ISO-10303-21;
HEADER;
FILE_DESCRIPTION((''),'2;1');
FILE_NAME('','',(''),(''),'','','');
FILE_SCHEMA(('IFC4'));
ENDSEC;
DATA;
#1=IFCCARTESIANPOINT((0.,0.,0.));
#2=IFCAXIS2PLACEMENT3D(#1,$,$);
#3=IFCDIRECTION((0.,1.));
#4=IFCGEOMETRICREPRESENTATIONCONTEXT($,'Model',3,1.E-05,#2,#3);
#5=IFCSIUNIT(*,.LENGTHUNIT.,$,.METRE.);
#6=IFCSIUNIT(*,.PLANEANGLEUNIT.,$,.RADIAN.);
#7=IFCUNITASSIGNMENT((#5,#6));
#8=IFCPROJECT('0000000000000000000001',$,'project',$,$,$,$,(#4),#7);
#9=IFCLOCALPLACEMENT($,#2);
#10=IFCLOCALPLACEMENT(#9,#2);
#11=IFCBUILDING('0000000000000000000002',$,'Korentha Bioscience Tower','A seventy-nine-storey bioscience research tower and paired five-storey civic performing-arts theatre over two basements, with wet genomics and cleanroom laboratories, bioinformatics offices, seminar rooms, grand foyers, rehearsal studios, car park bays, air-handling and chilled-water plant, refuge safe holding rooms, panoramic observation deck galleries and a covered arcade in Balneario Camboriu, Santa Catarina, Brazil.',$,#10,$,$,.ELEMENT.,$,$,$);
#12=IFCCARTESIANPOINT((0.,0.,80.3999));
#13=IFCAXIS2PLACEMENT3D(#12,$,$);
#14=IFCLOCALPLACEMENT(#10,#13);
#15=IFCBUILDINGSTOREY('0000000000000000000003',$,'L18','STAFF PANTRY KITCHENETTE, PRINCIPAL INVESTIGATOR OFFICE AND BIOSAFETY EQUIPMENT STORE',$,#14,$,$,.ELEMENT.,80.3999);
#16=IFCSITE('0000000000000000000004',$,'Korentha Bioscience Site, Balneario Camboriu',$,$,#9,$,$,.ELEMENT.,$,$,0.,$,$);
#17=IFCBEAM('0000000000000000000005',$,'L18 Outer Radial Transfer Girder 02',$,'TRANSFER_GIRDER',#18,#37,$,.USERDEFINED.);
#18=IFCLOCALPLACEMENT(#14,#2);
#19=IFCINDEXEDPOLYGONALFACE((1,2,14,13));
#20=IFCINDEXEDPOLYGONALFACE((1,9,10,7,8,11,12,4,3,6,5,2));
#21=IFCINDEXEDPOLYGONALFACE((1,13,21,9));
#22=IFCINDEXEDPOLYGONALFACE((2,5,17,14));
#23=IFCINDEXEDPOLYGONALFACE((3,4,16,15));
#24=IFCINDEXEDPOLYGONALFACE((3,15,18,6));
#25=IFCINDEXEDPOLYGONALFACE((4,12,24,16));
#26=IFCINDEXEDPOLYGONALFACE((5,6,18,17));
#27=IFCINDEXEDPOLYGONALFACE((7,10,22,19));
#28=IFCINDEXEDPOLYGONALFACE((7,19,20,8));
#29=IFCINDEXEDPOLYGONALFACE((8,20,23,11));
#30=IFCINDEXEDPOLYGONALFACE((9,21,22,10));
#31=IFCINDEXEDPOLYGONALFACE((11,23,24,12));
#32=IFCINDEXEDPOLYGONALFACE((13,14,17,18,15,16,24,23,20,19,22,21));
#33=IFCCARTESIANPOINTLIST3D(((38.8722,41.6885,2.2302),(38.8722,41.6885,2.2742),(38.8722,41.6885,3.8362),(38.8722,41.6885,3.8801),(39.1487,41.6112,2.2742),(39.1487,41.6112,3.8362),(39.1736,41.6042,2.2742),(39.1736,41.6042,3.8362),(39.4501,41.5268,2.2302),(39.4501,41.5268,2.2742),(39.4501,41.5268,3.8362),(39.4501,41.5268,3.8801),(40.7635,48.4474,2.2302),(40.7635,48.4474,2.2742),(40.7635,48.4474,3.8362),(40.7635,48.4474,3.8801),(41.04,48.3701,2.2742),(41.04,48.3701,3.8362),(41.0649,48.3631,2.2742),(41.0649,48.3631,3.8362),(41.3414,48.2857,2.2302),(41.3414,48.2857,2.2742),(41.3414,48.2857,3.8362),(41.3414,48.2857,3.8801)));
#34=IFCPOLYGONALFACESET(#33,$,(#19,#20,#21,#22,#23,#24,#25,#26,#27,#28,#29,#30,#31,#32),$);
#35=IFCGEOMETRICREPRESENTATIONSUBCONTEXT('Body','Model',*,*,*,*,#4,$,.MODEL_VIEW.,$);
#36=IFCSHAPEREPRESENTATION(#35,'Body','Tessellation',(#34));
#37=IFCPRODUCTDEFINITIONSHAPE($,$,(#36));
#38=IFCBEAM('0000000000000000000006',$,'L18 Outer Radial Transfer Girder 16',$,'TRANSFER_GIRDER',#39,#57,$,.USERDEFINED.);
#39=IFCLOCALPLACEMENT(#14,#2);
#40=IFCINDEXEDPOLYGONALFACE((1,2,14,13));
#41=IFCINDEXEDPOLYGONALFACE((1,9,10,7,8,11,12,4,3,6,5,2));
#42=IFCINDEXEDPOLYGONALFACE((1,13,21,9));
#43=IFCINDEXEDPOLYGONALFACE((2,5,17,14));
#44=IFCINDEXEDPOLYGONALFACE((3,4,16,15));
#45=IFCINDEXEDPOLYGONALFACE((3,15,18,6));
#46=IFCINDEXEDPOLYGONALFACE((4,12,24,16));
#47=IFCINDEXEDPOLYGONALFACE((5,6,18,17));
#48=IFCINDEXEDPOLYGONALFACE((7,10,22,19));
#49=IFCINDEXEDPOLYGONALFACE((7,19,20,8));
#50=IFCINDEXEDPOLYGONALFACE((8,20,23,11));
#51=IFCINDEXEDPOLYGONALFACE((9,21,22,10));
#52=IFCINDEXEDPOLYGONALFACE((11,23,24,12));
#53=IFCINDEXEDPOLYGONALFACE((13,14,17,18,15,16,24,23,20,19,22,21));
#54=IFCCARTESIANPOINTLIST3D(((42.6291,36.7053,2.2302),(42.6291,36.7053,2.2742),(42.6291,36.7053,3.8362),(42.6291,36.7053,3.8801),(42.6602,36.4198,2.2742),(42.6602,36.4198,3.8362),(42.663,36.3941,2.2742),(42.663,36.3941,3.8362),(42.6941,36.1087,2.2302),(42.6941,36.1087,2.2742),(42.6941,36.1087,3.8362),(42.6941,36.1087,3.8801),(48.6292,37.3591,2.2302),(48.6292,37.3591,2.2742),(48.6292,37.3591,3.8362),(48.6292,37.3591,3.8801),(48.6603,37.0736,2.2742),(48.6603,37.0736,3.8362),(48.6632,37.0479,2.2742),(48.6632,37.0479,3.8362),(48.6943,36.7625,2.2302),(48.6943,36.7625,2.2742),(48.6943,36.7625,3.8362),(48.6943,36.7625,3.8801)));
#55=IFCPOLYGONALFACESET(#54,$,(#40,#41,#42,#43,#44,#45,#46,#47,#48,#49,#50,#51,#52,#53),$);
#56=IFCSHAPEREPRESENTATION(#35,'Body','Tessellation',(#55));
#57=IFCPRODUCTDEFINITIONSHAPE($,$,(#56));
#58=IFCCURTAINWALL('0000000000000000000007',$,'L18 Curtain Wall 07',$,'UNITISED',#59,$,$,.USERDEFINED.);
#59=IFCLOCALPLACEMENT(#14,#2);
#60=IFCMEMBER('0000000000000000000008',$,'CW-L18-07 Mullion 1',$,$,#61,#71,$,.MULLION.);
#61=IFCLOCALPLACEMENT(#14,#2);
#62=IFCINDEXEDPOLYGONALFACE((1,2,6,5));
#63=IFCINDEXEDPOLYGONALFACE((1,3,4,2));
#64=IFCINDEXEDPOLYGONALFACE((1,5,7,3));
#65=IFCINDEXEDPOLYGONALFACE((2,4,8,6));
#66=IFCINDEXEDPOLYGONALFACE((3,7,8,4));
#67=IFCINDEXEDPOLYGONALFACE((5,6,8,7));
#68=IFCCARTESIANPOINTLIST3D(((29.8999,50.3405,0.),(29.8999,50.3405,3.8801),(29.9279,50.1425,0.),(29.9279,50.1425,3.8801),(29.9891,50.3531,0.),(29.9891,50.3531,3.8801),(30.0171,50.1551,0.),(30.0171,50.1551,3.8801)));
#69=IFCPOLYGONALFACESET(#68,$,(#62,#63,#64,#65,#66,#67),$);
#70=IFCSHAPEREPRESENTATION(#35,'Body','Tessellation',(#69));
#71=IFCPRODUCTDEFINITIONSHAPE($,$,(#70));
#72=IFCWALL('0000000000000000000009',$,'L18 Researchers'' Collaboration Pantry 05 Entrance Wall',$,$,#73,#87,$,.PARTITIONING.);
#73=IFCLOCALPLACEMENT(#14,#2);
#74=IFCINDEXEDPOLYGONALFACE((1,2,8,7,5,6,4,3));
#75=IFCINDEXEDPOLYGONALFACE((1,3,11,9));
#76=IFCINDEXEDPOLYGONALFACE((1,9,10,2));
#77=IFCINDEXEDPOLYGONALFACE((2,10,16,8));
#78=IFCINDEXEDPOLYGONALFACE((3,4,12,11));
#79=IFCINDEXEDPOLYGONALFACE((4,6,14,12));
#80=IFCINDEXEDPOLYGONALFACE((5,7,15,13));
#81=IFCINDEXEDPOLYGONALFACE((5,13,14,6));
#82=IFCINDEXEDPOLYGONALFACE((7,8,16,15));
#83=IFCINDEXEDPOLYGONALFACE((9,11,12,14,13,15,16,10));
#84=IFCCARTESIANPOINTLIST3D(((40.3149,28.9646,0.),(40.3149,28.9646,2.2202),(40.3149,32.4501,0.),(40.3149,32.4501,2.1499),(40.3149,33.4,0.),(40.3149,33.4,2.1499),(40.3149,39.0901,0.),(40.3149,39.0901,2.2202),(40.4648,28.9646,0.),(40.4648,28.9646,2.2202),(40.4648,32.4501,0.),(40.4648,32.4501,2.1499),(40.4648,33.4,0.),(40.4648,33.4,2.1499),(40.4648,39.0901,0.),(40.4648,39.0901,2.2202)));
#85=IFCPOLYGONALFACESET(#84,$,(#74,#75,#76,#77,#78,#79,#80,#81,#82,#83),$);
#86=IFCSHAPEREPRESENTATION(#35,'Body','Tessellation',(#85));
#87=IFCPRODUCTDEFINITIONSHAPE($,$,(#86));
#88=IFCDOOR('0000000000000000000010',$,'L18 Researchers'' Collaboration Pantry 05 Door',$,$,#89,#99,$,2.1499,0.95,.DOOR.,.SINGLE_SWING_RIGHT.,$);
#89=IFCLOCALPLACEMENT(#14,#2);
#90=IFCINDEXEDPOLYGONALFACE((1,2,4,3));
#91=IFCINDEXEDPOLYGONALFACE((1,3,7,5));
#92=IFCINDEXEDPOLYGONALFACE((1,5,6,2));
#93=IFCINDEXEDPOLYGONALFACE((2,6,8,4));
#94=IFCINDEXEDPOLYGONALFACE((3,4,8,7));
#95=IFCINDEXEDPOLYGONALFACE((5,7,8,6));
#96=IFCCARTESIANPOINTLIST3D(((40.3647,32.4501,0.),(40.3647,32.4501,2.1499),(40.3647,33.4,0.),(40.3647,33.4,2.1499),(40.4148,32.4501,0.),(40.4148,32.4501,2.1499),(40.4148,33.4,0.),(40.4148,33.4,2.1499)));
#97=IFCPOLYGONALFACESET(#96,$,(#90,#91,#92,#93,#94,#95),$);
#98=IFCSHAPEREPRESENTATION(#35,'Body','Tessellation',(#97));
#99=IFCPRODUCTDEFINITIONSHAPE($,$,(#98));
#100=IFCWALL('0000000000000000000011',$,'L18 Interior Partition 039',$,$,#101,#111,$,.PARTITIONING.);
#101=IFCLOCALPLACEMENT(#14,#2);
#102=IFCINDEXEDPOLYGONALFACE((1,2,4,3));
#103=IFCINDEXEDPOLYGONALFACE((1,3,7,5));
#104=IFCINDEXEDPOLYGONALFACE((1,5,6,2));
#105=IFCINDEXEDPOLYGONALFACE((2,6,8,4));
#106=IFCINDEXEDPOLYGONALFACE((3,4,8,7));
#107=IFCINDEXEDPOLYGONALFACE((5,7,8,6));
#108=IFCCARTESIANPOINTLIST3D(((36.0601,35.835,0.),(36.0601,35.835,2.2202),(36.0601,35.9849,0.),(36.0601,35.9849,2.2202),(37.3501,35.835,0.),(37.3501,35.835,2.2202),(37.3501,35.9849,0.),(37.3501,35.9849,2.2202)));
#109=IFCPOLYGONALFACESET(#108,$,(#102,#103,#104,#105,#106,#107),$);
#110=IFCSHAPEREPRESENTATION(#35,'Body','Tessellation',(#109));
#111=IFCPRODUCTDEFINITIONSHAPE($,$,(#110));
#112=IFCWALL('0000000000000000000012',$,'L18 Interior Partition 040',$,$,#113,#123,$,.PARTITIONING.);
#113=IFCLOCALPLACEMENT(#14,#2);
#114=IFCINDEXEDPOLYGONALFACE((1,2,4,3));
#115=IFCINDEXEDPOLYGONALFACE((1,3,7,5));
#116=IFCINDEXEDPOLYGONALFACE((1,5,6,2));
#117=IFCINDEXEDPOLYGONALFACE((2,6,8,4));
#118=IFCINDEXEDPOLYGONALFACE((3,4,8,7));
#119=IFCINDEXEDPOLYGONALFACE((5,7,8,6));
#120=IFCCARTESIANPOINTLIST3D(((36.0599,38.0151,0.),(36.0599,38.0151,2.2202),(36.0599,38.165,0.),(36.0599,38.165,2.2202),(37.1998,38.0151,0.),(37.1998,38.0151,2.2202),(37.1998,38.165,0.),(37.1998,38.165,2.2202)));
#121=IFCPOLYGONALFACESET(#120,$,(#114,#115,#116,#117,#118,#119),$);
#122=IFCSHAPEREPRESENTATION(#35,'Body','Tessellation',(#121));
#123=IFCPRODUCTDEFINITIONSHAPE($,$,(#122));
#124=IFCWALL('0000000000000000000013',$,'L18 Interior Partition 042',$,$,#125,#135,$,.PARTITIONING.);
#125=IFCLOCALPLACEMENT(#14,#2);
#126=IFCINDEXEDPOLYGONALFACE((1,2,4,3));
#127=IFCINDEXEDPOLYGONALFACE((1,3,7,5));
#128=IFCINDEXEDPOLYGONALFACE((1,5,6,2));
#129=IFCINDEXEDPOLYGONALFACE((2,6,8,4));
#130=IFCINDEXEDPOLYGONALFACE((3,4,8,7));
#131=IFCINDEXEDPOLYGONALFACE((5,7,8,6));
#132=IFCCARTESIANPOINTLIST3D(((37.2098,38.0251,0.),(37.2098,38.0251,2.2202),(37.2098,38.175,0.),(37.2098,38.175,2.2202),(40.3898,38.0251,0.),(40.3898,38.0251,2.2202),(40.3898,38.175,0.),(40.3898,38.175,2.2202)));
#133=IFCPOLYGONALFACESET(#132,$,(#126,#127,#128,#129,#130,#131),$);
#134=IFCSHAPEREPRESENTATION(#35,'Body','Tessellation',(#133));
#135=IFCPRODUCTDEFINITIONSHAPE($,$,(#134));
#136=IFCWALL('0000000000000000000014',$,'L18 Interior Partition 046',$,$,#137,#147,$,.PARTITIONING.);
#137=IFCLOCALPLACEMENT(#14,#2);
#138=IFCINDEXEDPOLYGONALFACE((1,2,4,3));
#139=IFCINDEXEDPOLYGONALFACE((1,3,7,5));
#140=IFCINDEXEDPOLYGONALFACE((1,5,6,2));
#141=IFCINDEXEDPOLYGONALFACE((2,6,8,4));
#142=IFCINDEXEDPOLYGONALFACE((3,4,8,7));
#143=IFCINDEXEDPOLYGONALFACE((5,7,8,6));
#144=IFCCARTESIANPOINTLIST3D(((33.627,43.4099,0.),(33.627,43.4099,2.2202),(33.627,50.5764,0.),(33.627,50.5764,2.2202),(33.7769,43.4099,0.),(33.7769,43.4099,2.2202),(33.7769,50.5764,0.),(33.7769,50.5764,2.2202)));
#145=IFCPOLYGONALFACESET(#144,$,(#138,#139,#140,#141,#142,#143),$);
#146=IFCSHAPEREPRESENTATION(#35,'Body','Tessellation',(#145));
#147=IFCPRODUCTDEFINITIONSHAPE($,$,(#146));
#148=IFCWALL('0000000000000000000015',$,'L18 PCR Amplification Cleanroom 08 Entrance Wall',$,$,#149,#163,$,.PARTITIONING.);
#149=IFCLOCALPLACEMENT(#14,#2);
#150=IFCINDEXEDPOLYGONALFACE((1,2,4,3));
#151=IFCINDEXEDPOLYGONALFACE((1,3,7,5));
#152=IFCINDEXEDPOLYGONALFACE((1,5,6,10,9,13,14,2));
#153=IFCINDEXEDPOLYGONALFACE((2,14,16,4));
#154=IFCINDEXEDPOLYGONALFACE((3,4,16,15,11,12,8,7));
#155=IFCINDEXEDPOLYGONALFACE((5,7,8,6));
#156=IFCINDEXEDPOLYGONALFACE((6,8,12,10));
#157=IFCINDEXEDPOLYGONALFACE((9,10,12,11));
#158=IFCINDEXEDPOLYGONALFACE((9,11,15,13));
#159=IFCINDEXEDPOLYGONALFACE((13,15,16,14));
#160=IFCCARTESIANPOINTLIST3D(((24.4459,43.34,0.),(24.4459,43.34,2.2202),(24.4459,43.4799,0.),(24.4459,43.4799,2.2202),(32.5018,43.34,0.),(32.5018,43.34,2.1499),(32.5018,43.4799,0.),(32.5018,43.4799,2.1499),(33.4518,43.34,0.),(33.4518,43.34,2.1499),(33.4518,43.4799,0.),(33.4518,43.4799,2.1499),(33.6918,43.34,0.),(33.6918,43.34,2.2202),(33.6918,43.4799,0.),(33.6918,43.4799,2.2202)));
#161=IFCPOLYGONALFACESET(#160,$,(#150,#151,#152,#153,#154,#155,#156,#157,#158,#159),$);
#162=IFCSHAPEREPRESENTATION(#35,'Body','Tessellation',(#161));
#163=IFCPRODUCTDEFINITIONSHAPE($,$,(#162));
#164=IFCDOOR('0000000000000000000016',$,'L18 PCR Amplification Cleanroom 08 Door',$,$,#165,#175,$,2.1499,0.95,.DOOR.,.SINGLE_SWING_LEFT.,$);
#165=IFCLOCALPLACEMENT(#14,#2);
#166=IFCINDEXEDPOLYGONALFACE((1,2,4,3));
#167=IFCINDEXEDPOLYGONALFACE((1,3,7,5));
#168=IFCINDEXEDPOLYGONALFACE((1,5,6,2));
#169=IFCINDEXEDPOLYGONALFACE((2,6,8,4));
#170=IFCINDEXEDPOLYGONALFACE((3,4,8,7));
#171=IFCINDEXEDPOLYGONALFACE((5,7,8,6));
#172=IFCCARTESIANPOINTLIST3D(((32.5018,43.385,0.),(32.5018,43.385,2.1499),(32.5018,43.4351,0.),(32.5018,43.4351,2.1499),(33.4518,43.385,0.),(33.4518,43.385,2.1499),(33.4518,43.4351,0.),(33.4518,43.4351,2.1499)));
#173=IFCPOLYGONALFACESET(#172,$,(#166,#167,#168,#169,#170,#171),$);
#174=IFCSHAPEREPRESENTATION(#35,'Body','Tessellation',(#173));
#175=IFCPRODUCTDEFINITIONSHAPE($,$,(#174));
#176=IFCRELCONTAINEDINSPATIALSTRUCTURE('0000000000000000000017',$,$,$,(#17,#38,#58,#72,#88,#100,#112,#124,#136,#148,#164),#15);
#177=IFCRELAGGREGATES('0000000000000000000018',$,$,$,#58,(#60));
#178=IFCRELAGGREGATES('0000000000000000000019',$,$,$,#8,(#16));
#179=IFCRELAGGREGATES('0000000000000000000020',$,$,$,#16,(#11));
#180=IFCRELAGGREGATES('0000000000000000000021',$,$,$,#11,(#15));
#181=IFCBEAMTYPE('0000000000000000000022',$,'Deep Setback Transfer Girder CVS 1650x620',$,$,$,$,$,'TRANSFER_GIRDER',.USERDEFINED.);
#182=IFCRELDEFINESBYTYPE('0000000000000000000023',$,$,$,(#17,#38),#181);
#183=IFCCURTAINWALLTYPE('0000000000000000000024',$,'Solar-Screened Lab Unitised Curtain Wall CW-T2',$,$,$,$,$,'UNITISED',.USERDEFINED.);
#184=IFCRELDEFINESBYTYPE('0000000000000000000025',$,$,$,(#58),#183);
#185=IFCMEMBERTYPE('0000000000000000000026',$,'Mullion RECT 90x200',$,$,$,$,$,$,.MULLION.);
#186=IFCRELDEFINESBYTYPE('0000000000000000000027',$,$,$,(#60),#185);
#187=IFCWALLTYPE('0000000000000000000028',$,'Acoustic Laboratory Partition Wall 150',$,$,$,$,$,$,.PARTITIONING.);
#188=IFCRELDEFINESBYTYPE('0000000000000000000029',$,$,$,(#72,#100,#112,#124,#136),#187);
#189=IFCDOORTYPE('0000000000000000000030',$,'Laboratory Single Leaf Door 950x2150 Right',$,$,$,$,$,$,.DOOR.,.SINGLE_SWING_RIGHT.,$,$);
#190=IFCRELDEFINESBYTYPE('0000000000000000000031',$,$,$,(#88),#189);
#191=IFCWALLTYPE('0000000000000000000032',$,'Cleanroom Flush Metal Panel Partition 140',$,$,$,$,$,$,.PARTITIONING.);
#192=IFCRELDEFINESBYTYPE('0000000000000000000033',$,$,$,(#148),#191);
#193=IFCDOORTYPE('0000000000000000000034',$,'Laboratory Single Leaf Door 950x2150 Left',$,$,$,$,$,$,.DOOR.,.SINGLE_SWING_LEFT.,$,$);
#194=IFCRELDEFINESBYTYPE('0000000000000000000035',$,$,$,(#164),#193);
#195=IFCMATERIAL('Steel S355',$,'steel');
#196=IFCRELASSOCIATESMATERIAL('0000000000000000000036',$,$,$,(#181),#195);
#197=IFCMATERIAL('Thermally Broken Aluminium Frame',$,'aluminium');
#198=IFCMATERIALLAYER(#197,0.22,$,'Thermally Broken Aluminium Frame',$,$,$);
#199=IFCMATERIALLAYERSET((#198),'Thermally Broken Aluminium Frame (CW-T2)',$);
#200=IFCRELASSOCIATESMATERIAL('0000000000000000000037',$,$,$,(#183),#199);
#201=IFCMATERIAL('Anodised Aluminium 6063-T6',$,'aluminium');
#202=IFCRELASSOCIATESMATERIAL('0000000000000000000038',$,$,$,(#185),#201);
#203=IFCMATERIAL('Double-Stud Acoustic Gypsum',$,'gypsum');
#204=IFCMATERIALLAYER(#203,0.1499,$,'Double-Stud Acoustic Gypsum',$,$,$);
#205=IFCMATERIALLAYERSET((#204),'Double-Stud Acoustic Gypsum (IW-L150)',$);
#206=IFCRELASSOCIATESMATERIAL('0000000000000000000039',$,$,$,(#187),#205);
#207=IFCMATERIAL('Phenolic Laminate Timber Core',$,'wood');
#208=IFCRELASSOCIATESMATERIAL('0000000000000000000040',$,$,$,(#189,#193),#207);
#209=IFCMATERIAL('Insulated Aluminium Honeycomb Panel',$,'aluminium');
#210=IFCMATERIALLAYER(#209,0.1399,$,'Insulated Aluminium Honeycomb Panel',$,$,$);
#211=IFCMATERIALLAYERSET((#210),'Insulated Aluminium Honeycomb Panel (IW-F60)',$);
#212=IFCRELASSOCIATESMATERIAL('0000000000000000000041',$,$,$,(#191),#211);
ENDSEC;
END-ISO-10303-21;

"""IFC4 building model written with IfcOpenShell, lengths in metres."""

from ifc_helpers import new_model, si_unit, direction, frame, frame_2d, origin, origin_2d, place, context, subcontext, project, spatial, rectangle, i_section, extrude, material, layer, layer_set, material_profile, profile_set, type_object, element, fill, aggregate, save


model = new_model("IFC4")

# Units and contexts
model_context = context("Model", 3, precision=1e-05, world=origin(), true_north=direction((0.0, 1.0)))
body_context = subcontext(model_context, "Body", "Model", "MODEL_VIEW")
ifc_project = project(units=[si_unit("LENGTHUNIT", "METRE"), si_unit("PLANEANGLEUNIT", "RADIAN")], contexts=[model_context])

# Site, building, storey
site_placement = place(None, origin())
site = spatial("IfcSite", under=ifc_project, at=site_placement, Name="Korentha Bioscience Site, Balneario Camboriu", CompositionType="ELEMENT", RefElevation=0.0)
building_placement = place(site_placement, origin())
building = spatial("IfcBuilding", under=site, at=building_placement, Name="Korentha Bioscience Tower", Description="A seventy-nine-storey bioscience research tower and paired five-storey civic performing-arts theatre over two basements, with wet genomics and cleanroom laboratories, bioinformatics offices, seminar rooms, grand foyers, rehearsal studios, car park bays, air-handling and chilled-water plant, refuge safe holding rooms, panoramic observation deck galleries and a covered arcade in Balneario Camboriu, Santa Catarina, Brazil.", CompositionType="ELEMENT")
storey_placement = place(building_placement, frame((0.0, 0.0, 80.3999)))
storey = spatial("IfcBuildingStorey", under=building, at=storey_placement, Name="L18", Description="STAFF PANTRY KITCHENETTE, PRINCIPAL INVESTIGATOR OFFICE AND BIOSAFETY EQUIPMENT STORE", CompositionType="ELEMENT", Elevation=80.3999)

# Beams
ifc_material_1 = material(Name="Steel S355", Category="steel")
ifc_material_profile_1 = material_profile(ifc_material_1, i_section(OverallWidth=0.6001, OverallDepth=1.6499, WebThickness=0.0259, FlangeThickness=0.0439, at=origin_2d()), Name="Steel S355")
ifc_profile_set_1 = profile_set([ifc_material_profile_1], Name="Steel S355 (TG-04)")
beam_type_1 = type_object("IfcBeamType", Name="Deep Setback Transfer Girder CVS 1650x620", ElementType="TRANSFER_GIRDER", PredefinedType="USERDEFINED", material=ifc_profile_set_1)
beam_1_placement = place(storey_placement, frame((39.1611, 41.6077, 3.0552), z_axis=(0.269475, 0.963007, 0.0), x_axis=(-0.963007, 0.269475, 0.0)))
element("IfcBeam", 1, at=beam_1_placement, inside=storey, type_object=beam_type_1, Name="L18 Outer Radial Transfer Girder 02", ObjectType="TRANSFER_GIRDER", PredefinedType="USERDEFINED", context=body_context, shape_type="SweptSolid", body=[
    extrude(i_section(OverallWidth=0.6001, OverallDepth=1.6499, WebThickness=0.0259, FlangeThickness=0.0439, at=origin_2d()), origin(), (0.0, 0.0, 1.0), 7.0186),
])
beam_2_placement = place(storey_placement, frame((42.6616, 36.407, 3.0552), z_axis=(0.994116, 0.108323, 0.0), x_axis=(-0.108323, 0.994116, 0.0)))
element("IfcBeam", 2, at=beam_2_placement, inside=storey, type_object=beam_type_1, Name="L18 Outer Radial Transfer Girder 16", ObjectType="TRANSFER_GIRDER", PredefinedType="USERDEFINED", context=body_context, shape_type="SweptSolid", body=[
    extrude(i_section(OverallWidth=0.6001, OverallDepth=1.6499, WebThickness=0.0259, FlangeThickness=0.0439, at=origin_2d()), origin(), (0.0, 0.0, 1.0), 6.0356),
])

# Curtain wall, member
ifc_material_2 = material(Name="Thermally Broken Aluminium Frame", Category="aluminium")
ifc_layer_1 = layer(ifc_material_2, 0.22, Name="Thermally Broken Aluminium Frame")
ifc_layer_set_1 = layer_set([ifc_layer_1], Name="Thermally Broken Aluminium Frame (CW-T2)")
curtain_wall_type = type_object("IfcCurtainWallType", Name="Solar-Screened Lab Unitised Curtain Wall CW-T2", ElementType="UNITISED", PredefinedType="USERDEFINED", material=ifc_layer_set_1)
curtain_wall_placement = place(storey_placement, origin())
curtain_wall = element("IfcCurtainWall", 3, at=curtain_wall_placement, inside=storey, type_object=curtain_wall_type, Name="L18 Curtain Wall 07", ObjectType="UNITISED", PredefinedType="USERDEFINED")
ifc_material_3 = material(Name="Anodised Aluminium 6063-T6", Category="aluminium")
ifc_material_profile_2 = material_profile(ifc_material_3, rectangle(XDim=0.0901, YDim=0.2, at=origin_2d()), Name="Anodised Aluminium 6063-T6")
ifc_profile_set_2 = profile_set([ifc_material_profile_2], Name="Anodised Aluminium 6063-T6 (CW-MUL)")
member_type = type_object("IfcMemberType", Name="Mullion RECT 90x200", PredefinedType="MULLION", material=ifc_profile_set_2)
member_placement = place(storey_placement, frame((29.9585, 50.2478, 0.0), z_axis=(0.0, 0.0, 1.0), x_axis=(-0.990167, -0.139888, 0.0)))
member = element("IfcMember", 4, at=member_placement, type_object=member_type, Name="CW-L18-07 Mullion 1", PredefinedType="MULLION", context=body_context, shape_type="SweptSolid", body=[
    extrude(rectangle(XDim=0.0901, YDim=0.2, at=origin_2d()), origin(), (0.0, 0.0, 1.0), 3.8801),
])
aggregate(curtain_wall, [member])

# Wall, opening, door
ifc_material_4 = material(Name="Double-Stud Acoustic Gypsum", Category="gypsum")
ifc_layer_2 = layer(ifc_material_4, 0.1499, Name="Double-Stud Acoustic Gypsum")
ifc_layer_set_2 = layer_set([ifc_layer_2], Name="Double-Stud Acoustic Gypsum (IW-L150)")
wall_type_1 = type_object("IfcWallType", Name="Acoustic Laboratory Partition Wall 150", PredefinedType="PARTITIONING", material=ifc_layer_set_2)
wall_1_placement = place(storey_placement, frame((40.3899, 39.0901, 0.0), z_axis=(0.0, 0.0, 1.0), x_axis=(0.0, -1.0, 0.0)))
wall_1 = element("IfcWall", 5, at=wall_1_placement, inside=storey, type_object=wall_type_1, Name="L18 Researchers' Collaboration Pantry 05 Entrance Wall", PredefinedType="PARTITIONING", context=body_context, shape_type="SweptSolid", body=[
    extrude(rectangle(XDim=10.1255, YDim=0.1499, at=frame_2d((5.0627, 0.0))), origin(), (0.0, 0.0, 1.0), 2.2202),
])
opening_1_placement = place(wall_1_placement, frame((5.6899, 0.0, 0.0)))
opening_1 = element("IfcOpeningElement", 6, at=opening_1_placement, cuts=wall_1, PredefinedType="OPENING", context=body_context, shape_type="SweptSolid", body=[
    extrude(rectangle(XDim=0.95, YDim=2.1499, at=frame_2d((0.4751, 1.075))), frame((0.0, 0.0898, 0.0), z_axis=(0.0, -1.0, 0.0), x_axis=(1.0, 0.0, 0.0)), (0.0, 0.0, 1.0), 0.1797),
])
ifc_material_5 = material(Name="Phenolic Laminate Timber Core", Category="wood")
door_type_1 = type_object("IfcDoorType", Name="Laboratory Single Leaf Door 950x2150 Right", OperationType="SINGLE_SWING_RIGHT", PredefinedType="DOOR", material=ifc_material_5)
door_1_placement = place(opening_1_placement, origin())
door_1 = element("IfcDoor", 7, at=door_1_placement, inside=storey, type_object=door_type_1, Name="L18 Researchers' Collaboration Pantry 05 Door", OperationType="SINGLE_SWING_RIGHT", OverallHeight=2.1499, OverallWidth=0.95, PredefinedType="DOOR", context=body_context, shape_type="SweptSolid", body=[
    extrude(rectangle(XDim=0.95, YDim=2.1499, at=frame_2d((0.4751, 1.075))), frame((0.0, 0.0249, 0.0), z_axis=(0.0, -1.0, 0.0), x_axis=(1.0, 0.0, 0.0)), (0.0, 0.0, 1.0), 0.05),
])
fill(opening_1, door_1)

# Walls
wall_2_placement = place(storey_placement, frame((37.3501, 35.9099, 0.0), z_axis=(0.0, 0.0, 1.0), x_axis=(-1.0, 0.0, 0.0)))
element("IfcWall", 8, at=wall_2_placement, inside=storey, type_object=wall_type_1, Name="L18 Interior Partition 039", PredefinedType="PARTITIONING", context=body_context, shape_type="SweptSolid", body=[
    extrude(rectangle(XDim=1.29, YDim=0.1499, at=frame_2d((0.645, 0.0))), origin(), (0.0, 0.0, 1.0), 2.2202),
])
wall_3_placement = place(storey_placement, frame((36.0601, 38.0901, 0.0), z_axis=(0.0, 0.0, 1.0), x_axis=(1.0, 0.0, 0.0)))
element("IfcWall", 9, at=wall_3_placement, inside=storey, type_object=wall_type_1, Name="L18 Interior Partition 040", PredefinedType="PARTITIONING", context=body_context, shape_type="SweptSolid", body=[
    extrude(rectangle(XDim=1.1399, YDim=0.1499, at=frame_2d((0.5698, 0.0))), origin(), (0.0, 0.0, 1.0), 2.2202),
])
wall_4_placement = place(storey_placement, frame((37.21, 38.1001, 0.0), z_axis=(0.0, 0.0, 1.0), x_axis=(1.0, 0.0, 0.0)))
element("IfcWall", 10, at=wall_4_placement, inside=storey, type_object=wall_type_1, Name="L18 Interior Partition 042", PredefinedType="PARTITIONING", context=body_context, shape_type="SweptSolid", body=[
    extrude(rectangle(XDim=3.1799, YDim=0.1499, at=frame_2d((1.5898, 0.0))), origin(), (0.0, 0.0, 1.0), 2.2202),
])
wall_5_placement = place(storey_placement, frame((33.7019, 43.4099, 0.0), z_axis=(0.0, 0.0, 1.0), x_axis=(0.0, 1.0, 0.0)))
element("IfcWall", 11, at=wall_5_placement, inside=storey, type_object=wall_type_1, Name="L18 Interior Partition 046", PredefinedType="PARTITIONING", context=body_context, shape_type="SweptSolid", body=[
    extrude(rectangle(XDim=7.1665, YDim=0.1499, at=frame_2d((3.5833, 0.0))), origin(), (0.0, 0.0, 1.0), 2.2202),
])

# Wall, opening, door
ifc_material_6 = material(Name="Insulated Aluminium Honeycomb Panel", Category="aluminium")
ifc_layer_3 = layer(ifc_material_6, 0.1399, Name="Insulated Aluminium Honeycomb Panel")
ifc_layer_set_3 = layer_set([ifc_layer_3], Name="Insulated Aluminium Honeycomb Panel (IW-F60)")
wall_type_2 = type_object("IfcWallType", Name="Cleanroom Flush Metal Panel Partition 140", PredefinedType="PARTITIONING", material=ifc_layer_set_3)
wall_6_placement = place(storey_placement, frame((33.6919, 43.4099, 0.0), z_axis=(0.0, 0.0, 1.0), x_axis=(-1.0, 0.0, 0.0)))
wall_6 = element("IfcWall", 12, at=wall_6_placement, inside=storey, type_object=wall_type_2, Name="L18 PCR Amplification Cleanroom 08 Entrance Wall", PredefinedType="PARTITIONING", context=body_context, shape_type="SweptSolid", body=[
    extrude(rectangle(XDim=9.2458, YDim=0.1399, at=frame_2d((4.623, 0.0))), origin(), (0.0, 0.0, 1.0), 2.2202),
])
opening_2_placement = place(wall_6_placement, frame((0.24, 0.0, 0.0)))
opening_2 = element("IfcOpeningElement", 13, at=opening_2_placement, cuts=wall_6, PredefinedType="OPENING", context=body_context, shape_type="SweptSolid", body=[
    extrude(rectangle(XDim=0.95, YDim=2.1499, at=frame_2d((0.4751, 1.075))), frame((0.0, 0.085, 0.0), z_axis=(0.0, -1.0, 0.0), x_axis=(1.0, 0.0, 0.0)), (0.0, 0.0, 1.0), 0.1697),
])
door_type_2 = type_object("IfcDoorType", Name="Laboratory Single Leaf Door 950x2150 Left", OperationType="SINGLE_SWING_LEFT", PredefinedType="DOOR", material=ifc_material_5)
door_2_placement = place(opening_2_placement, origin())
door_2 = element("IfcDoor", 14, at=door_2_placement, inside=storey, type_object=door_type_2, Name="L18 PCR Amplification Cleanroom 08 Door", OperationType="SINGLE_SWING_LEFT", OverallHeight=2.1499, OverallWidth=0.95, PredefinedType="DOOR", context=body_context, shape_type="SweptSolid", body=[
    extrude(rectangle(XDim=0.95, YDim=2.1499, at=frame_2d((0.4751, 1.075))), frame((0.0, 0.0249, 0.0), z_axis=(0.0, -1.0, 0.0), x_axis=(1.0, 0.0, 0.0)), (0.0, 0.0, 1.0), 0.05),
])
fill(opening_2, door_2)

save(model, "model.ifc")
